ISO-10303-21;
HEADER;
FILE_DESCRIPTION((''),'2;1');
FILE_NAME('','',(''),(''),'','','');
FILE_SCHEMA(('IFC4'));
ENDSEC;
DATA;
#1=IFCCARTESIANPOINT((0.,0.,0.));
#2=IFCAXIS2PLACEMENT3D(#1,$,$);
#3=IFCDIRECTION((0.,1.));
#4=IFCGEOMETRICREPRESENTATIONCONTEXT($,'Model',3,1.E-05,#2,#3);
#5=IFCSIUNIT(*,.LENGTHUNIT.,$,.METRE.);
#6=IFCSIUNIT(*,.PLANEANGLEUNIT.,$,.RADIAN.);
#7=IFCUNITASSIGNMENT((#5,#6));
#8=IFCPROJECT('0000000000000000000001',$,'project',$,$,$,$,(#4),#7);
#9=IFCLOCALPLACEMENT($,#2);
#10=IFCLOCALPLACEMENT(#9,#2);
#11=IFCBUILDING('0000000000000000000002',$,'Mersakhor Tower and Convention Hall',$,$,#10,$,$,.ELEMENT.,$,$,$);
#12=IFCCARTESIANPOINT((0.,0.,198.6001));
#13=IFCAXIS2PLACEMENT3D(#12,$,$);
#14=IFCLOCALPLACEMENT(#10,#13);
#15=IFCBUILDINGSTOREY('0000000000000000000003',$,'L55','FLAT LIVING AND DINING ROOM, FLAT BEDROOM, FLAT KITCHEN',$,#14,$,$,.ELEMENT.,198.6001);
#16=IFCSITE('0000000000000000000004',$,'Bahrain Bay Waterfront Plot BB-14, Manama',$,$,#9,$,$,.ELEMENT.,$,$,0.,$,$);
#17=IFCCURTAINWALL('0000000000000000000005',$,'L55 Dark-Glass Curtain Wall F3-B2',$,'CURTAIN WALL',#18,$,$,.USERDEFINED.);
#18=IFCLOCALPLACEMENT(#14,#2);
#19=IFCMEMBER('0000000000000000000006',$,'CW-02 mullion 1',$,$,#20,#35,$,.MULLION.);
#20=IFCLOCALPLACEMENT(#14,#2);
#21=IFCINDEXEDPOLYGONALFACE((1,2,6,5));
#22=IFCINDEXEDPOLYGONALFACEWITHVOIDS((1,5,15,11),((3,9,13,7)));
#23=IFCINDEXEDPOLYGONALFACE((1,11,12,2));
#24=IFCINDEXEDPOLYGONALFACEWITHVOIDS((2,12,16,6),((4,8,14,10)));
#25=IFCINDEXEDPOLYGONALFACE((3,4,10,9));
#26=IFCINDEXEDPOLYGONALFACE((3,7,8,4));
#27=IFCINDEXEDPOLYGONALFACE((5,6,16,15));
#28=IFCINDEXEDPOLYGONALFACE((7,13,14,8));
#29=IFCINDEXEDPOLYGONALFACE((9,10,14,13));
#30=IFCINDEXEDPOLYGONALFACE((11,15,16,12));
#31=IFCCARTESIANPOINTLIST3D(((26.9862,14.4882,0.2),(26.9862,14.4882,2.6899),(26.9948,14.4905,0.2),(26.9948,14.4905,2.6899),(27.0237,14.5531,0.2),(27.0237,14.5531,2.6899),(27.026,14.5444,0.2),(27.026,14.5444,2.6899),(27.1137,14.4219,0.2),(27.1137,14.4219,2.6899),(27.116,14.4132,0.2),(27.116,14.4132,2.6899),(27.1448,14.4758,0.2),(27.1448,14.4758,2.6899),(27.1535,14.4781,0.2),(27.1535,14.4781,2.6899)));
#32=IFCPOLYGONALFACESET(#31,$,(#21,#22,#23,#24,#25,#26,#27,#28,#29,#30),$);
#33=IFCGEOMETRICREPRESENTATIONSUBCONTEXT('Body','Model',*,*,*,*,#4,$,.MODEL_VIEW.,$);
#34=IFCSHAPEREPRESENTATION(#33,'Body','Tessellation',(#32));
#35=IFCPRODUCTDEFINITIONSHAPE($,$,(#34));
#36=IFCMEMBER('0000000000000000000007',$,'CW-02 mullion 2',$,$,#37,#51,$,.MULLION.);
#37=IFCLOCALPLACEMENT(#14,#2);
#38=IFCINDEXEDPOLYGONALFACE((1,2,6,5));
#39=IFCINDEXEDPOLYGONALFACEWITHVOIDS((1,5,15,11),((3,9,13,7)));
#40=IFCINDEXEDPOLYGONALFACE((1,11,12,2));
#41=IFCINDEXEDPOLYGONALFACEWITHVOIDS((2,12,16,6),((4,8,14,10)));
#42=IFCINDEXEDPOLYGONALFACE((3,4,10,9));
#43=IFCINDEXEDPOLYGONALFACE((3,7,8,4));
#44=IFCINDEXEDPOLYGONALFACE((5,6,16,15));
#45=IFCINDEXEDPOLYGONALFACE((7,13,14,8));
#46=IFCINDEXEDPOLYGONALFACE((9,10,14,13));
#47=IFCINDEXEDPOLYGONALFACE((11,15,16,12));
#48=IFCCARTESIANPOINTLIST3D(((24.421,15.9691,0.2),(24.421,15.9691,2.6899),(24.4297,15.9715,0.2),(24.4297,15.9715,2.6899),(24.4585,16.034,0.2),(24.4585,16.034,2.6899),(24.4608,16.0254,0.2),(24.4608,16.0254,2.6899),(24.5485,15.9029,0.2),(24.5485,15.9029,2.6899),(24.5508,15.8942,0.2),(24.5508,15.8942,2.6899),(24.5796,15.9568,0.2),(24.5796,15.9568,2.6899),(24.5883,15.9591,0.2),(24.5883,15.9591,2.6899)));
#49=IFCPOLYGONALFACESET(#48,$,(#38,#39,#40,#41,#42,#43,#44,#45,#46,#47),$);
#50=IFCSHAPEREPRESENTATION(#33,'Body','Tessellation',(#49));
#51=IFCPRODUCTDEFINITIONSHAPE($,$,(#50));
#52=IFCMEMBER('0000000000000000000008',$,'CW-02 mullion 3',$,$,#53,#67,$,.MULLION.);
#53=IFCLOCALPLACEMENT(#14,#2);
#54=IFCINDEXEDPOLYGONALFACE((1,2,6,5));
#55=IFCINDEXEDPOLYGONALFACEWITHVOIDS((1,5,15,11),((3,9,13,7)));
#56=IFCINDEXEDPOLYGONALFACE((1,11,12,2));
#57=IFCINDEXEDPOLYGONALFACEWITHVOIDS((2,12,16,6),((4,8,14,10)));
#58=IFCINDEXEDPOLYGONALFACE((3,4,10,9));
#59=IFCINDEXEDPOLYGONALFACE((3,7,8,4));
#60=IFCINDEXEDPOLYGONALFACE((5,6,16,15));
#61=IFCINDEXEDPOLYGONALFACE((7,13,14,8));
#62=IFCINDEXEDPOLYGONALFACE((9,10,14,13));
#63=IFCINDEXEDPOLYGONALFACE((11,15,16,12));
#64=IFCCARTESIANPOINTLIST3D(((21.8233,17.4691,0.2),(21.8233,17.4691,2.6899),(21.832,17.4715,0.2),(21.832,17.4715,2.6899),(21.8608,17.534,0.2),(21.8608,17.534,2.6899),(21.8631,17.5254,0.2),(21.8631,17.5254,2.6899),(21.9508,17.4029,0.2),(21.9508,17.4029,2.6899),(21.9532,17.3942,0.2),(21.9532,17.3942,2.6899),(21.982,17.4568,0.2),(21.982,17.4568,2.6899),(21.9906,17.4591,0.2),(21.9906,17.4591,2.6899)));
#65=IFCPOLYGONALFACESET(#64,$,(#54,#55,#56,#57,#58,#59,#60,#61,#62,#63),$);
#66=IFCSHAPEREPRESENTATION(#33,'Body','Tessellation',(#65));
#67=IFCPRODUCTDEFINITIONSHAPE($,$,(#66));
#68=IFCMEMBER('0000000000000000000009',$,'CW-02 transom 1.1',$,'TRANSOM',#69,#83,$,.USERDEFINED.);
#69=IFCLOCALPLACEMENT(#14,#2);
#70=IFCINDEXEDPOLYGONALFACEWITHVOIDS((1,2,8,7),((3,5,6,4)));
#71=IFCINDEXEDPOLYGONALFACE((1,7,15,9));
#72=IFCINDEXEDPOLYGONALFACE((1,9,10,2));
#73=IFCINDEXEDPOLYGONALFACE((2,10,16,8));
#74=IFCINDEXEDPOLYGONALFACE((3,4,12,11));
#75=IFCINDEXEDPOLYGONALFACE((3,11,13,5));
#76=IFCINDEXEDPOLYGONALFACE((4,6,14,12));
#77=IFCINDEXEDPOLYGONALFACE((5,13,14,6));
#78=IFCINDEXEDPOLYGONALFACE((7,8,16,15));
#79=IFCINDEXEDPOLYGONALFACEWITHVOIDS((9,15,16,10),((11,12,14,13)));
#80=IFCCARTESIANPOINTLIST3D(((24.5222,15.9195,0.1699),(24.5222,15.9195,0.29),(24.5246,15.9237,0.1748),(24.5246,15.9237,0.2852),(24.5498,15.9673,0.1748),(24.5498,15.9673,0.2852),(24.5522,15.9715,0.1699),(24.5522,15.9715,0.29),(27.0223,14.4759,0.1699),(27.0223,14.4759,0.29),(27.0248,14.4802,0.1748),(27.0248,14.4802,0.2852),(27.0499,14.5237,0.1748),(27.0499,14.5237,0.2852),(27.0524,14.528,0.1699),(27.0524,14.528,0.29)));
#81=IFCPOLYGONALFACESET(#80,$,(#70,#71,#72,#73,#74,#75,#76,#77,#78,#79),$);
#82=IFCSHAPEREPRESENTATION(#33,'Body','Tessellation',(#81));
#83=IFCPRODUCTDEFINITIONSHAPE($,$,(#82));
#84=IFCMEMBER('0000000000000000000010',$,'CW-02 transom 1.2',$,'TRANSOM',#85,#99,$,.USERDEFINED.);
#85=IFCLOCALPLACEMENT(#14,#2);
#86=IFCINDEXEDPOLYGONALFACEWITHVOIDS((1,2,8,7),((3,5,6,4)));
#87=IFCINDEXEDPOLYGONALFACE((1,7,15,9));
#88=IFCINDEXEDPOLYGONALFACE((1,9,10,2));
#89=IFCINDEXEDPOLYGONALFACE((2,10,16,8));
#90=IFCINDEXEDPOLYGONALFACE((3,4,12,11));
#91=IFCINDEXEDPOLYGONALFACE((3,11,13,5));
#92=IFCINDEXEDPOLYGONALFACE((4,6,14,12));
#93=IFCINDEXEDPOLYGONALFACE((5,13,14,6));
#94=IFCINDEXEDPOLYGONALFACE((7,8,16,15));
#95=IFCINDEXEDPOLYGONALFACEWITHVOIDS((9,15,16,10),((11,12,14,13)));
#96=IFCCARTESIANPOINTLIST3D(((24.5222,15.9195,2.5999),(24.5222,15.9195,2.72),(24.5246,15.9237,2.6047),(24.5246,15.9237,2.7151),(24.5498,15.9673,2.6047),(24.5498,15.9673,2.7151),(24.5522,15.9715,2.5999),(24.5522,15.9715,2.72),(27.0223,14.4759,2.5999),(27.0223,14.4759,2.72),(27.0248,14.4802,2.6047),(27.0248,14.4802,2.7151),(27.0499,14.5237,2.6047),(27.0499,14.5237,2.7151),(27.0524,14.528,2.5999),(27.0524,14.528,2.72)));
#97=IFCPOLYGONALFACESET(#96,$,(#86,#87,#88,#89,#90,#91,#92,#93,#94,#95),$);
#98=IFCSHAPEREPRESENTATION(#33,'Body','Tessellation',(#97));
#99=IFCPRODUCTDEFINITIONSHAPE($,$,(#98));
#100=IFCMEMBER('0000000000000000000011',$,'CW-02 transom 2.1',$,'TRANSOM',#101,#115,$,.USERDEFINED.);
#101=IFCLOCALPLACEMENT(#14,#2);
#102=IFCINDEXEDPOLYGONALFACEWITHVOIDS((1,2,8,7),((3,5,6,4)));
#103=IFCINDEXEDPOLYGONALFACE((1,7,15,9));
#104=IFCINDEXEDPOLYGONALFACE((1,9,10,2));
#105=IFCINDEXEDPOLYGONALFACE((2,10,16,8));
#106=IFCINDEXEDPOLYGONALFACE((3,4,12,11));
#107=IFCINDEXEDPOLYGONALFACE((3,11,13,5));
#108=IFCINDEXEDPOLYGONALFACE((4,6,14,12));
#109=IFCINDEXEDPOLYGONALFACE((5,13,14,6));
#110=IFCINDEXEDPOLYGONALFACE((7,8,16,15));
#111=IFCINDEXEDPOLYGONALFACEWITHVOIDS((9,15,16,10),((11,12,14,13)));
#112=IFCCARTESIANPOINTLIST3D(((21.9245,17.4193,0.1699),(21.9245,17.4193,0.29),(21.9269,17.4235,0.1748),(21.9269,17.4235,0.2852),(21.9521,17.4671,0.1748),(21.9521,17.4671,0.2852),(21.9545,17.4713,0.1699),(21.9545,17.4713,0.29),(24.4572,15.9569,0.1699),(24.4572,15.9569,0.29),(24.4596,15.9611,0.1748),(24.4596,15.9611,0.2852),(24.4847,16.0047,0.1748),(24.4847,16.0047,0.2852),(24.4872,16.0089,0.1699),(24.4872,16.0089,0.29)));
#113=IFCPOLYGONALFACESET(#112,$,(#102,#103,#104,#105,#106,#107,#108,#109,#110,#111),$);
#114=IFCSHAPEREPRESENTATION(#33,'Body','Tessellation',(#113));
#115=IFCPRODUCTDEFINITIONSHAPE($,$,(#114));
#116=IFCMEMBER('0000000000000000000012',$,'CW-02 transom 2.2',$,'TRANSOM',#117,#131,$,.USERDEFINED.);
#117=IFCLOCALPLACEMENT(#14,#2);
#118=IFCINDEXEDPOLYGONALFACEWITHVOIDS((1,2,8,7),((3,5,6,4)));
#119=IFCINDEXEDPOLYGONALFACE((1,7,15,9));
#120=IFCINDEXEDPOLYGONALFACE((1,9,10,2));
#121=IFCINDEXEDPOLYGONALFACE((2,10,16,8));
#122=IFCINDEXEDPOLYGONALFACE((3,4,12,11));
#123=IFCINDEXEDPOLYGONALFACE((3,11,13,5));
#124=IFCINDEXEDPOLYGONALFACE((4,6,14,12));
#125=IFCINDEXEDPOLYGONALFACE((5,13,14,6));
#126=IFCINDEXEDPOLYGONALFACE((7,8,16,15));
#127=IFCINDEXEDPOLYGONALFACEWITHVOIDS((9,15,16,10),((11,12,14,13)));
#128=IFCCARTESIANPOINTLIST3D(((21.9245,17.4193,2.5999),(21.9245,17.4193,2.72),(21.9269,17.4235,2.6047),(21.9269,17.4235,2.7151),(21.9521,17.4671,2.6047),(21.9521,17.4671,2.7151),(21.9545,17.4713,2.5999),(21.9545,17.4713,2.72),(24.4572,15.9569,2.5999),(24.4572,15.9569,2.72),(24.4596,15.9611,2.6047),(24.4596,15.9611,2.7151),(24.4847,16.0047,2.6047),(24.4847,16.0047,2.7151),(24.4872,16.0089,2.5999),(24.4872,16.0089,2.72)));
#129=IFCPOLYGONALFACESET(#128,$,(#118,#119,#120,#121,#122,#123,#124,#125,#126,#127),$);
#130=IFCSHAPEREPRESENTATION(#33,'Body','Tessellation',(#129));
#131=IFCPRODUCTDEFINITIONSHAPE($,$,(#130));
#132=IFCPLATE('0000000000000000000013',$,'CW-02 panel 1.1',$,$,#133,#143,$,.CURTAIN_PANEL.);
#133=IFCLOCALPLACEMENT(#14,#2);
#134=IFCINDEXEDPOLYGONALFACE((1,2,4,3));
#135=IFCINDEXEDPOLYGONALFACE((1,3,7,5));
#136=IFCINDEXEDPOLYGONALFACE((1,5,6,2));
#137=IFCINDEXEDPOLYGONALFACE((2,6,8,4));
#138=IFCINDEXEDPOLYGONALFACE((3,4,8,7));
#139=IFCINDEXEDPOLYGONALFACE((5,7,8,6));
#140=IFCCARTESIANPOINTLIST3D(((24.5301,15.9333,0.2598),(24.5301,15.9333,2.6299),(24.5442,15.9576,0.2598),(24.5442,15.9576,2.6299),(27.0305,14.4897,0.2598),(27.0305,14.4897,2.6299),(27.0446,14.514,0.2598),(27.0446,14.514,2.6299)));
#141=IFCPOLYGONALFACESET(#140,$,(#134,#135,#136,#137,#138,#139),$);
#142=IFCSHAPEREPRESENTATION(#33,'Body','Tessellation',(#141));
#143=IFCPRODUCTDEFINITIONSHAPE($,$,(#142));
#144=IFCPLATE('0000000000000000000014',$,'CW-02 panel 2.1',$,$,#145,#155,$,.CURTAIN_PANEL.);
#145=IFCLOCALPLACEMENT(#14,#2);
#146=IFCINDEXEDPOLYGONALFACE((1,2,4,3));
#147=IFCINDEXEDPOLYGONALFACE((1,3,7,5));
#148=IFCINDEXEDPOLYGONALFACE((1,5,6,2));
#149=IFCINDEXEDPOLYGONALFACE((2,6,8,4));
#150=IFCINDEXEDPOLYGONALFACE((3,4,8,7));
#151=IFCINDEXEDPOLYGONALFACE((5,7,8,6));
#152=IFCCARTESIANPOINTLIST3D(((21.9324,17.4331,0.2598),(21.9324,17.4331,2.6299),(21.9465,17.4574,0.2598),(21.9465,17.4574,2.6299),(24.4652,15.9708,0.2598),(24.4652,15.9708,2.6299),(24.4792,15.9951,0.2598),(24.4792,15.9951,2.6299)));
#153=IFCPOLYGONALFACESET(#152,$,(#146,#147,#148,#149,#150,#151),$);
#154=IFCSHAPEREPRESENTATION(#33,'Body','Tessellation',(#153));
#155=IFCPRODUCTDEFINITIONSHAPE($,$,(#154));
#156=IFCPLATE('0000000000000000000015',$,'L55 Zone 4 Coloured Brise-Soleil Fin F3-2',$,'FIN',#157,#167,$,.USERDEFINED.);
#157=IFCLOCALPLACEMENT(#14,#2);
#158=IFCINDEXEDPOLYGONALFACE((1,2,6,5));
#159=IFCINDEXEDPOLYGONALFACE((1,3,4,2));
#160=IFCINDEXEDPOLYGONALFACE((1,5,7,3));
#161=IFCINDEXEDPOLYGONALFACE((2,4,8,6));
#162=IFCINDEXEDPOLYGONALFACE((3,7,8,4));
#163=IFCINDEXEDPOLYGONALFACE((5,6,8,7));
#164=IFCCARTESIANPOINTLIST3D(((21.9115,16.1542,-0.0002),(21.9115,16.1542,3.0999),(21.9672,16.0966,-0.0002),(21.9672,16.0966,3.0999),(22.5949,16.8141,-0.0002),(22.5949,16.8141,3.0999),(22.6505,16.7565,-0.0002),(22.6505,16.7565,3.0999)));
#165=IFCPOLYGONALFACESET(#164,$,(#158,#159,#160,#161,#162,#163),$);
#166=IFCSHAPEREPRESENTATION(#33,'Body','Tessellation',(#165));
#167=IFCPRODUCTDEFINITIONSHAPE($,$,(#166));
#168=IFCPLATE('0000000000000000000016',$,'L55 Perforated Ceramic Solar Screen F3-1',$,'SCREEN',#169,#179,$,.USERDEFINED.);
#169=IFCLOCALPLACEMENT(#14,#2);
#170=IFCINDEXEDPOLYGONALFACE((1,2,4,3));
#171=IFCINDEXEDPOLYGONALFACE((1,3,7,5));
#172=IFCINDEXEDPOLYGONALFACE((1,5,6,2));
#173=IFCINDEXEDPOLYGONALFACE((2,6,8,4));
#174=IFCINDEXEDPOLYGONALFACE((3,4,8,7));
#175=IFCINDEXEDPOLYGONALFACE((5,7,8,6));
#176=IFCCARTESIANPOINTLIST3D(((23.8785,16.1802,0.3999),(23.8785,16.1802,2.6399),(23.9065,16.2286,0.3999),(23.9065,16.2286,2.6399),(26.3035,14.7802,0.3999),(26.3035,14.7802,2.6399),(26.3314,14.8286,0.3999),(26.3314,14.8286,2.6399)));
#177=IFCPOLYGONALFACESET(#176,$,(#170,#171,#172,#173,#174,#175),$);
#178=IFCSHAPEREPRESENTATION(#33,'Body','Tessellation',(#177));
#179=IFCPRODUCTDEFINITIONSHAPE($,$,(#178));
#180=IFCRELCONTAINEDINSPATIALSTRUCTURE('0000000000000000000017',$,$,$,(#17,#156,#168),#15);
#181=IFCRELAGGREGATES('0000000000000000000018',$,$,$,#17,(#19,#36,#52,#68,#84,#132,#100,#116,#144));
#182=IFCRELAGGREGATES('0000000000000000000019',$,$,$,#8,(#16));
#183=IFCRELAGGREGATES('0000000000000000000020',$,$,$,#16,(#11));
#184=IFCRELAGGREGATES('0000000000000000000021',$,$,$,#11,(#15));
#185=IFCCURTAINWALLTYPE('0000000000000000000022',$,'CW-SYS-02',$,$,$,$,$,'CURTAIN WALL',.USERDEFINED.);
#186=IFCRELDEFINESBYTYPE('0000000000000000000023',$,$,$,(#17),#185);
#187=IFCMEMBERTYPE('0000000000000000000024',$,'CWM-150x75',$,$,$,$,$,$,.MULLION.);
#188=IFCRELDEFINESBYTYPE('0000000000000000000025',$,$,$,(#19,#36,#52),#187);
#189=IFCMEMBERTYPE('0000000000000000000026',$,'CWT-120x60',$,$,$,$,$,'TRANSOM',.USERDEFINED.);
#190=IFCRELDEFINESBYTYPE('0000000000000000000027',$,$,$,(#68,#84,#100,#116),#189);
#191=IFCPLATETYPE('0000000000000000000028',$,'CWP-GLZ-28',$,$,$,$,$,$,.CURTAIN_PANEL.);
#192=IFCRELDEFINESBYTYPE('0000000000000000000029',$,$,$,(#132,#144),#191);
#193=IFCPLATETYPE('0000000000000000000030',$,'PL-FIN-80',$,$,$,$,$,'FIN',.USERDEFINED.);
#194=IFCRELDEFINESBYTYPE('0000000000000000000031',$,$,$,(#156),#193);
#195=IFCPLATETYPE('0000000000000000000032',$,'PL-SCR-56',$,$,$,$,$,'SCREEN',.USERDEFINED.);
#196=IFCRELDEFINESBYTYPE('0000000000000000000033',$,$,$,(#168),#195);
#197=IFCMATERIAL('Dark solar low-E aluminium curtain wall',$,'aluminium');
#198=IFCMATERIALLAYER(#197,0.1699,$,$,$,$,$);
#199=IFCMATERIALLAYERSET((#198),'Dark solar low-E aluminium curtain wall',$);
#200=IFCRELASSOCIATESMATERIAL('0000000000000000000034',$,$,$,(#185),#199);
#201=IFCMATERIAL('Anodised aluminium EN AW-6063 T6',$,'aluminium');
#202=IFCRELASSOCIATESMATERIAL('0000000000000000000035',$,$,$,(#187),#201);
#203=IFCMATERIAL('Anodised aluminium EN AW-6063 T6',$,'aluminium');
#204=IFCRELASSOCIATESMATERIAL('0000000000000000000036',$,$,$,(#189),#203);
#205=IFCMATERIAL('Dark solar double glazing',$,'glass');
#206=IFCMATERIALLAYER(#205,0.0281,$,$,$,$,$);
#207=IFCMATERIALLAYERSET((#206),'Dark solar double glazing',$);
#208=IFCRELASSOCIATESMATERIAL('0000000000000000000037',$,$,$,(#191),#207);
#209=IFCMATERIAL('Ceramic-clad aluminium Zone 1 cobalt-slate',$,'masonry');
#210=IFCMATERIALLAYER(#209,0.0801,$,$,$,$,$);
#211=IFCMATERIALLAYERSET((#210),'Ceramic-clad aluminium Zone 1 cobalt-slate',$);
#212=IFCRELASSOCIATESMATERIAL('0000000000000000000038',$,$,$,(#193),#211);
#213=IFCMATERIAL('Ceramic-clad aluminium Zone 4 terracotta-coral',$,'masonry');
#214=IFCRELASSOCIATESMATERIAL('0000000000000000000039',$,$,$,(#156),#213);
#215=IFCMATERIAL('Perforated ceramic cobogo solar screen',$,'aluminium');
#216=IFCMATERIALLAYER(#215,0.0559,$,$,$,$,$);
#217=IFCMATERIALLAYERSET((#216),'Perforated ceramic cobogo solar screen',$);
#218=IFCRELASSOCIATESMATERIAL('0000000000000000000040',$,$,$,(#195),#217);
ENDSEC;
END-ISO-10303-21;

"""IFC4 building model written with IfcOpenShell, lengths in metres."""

from ifc_helpers import new_model, si_unit, direction, frame, origin, origin_2d, place, context, subcontext, project, spatial, rectangle, hollow_rectangle, extrude, material, layer, layer_set, material_profile, profile_set, type_object, element, aggregate, save


model = new_model("IFC4")

# Units and contexts
model_context = context("Model", 3, precision=1e-05, world=origin(), true_north=direction((0.0, 1.0)))
body_context = subcontext(model_context, "Body", "Model", "MODEL_VIEW")
ifc_project = project(units=[si_unit("LENGTHUNIT", "METRE"), si_unit("PLANEANGLEUNIT", "RADIAN")], contexts=[model_context])

# Site, building, storey
site_placement = place(None, origin())
site = spatial("IfcSite", under=ifc_project, at=site_placement, Name="Bahrain Bay Waterfront Plot BB-14, Manama", CompositionType="ELEMENT", RefElevation=0.0)
building_placement = place(site_placement, origin())
building = spatial("IfcBuilding", under=site, at=building_placement, Name="Mersakhor Tower and Convention Hall", CompositionType="ELEMENT")
storey_placement = place(building_placement, frame((0.0, 0.0, 198.6001)))
storey = spatial("IfcBuildingStorey", under=building, at=storey_placement, Name="L55", Description="FLAT LIVING AND DINING ROOM, FLAT BEDROOM, FLAT KITCHEN", CompositionType="ELEMENT", Elevation=198.6001)

# Curtain wall, members, plates
ifc_material_1 = material(Name="Dark solar low-E aluminium curtain wall", Category="aluminium")
ifc_layer_1 = layer(ifc_material_1, 0.1699)
ifc_layer_set_1 = layer_set([ifc_layer_1], Name="Dark solar low-E aluminium curtain wall")
curtain_wall_type = type_object("IfcCurtainWallType", Name="CW-SYS-02", ElementType="CURTAIN WALL", PredefinedType="USERDEFINED", material=ifc_layer_set_1)
curtain_wall_placement = place(storey_placement, origin())
curtain_wall = element("IfcCurtainWall", 1, at=curtain_wall_placement, inside=storey, type_object=curtain_wall_type, Name="L55 Dark-Glass Curtain Wall F3-B2", ObjectType="CURTAIN WALL", PredefinedType="USERDEFINED")
ifc_material_2 = material(Name="Anodised aluminium EN AW-6063 T6", Category="aluminium")
ifc_material_profile_1 = material_profile(ifc_material_2, hollow_rectangle(XDim=0.075, YDim=0.1499, WallThickness=0.0063, at=origin_2d()), Name="RHS 150x75x6.3")
ifc_profile_set_1 = profile_set([ifc_material_profile_1], Name="Anodised aluminium EN AW-6063 T6")
member_type_1 = type_object("IfcMemberType", Name="CWM-150x75", PredefinedType="MULLION", material=ifc_profile_set_1)
member_1_placement = place(storey_placement, frame((27.0698, 14.4832, 0.2), z_axis=(0.0, 0.0, 1.0), x_axis=(-0.500008, -0.866021, 0.0)))
member_1 = element("IfcMember", 2, at=member_1_placement, type_object=member_type_1, Name="CW-02 mullion 1", PredefinedType="MULLION", context=body_context, shape_type="SweptSolid", body=[
    extrude(hollow_rectangle(XDim=0.075, YDim=0.1499, WallThickness=0.0063, at=origin_2d()), origin(), (0.0, 0.0, 1.0), 2.49),
])
member_2_placement = place(storey_placement, frame((24.5046, 15.9641, 0.2), z_axis=(0.0, 0.0, 1.0), x_axis=(-0.500008, -0.866021, 0.0)))
member_2 = element("IfcMember", 3, at=member_2_placement, type_object=member_type_1, Name="CW-02 mullion 2", PredefinedType="MULLION", context=body_context, shape_type="SweptSolid", body=[
    extrude(hollow_rectangle(XDim=0.075, YDim=0.1499, WallThickness=0.0063, at=origin_2d()), origin(), (0.0, 0.0, 1.0), 2.49),
])
member_3_placement = place(storey_placement, frame((21.907, 17.4641, 0.2), z_axis=(0.0, 0.0, 1.0), x_axis=(-0.500008, -0.866021, 0.0)))
member_3 = element("IfcMember", 4, at=member_3_placement, type_object=member_type_1, Name="CW-02 mullion 3", PredefinedType="MULLION", context=body_context, shape_type="SweptSolid", body=[
    extrude(hollow_rectangle(XDim=0.075, YDim=0.1499, WallThickness=0.0063, at=origin_2d()), origin(), (0.0, 0.0, 1.0), 2.49),
])
ifc_material_3 = material(Name="Anodised aluminium EN AW-6063 T6", Category="aluminium")
ifc_material_profile_2 = material_profile(ifc_material_3, hollow_rectangle(XDim=0.0601, YDim=0.1201, WallThickness=0.0049, at=origin_2d()), Name="RHS 120x60x5")
ifc_profile_set_2 = profile_set([ifc_material_profile_2], Name="Anodised aluminium EN AW-6063 T6")
member_type_2 = type_object("IfcMemberType", Name="CWT-120x60", ElementType="TRANSOM", PredefinedType="USERDEFINED", material=ifc_profile_set_2)
member_4_placement = place(storey_placement, frame((27.0374, 14.502, 0.23), z_axis=(-0.866012, 0.500023, 0.0), x_axis=(-0.500023, -0.866012, 0.0)))
member_4 = element("IfcMember", 5, at=member_4_placement, type_object=member_type_2, Name="CW-02 transom 1.1", ObjectType="TRANSOM", PredefinedType="USERDEFINED", context=body_context, shape_type="SweptSolid", body=[
    extrude(hollow_rectangle(XDim=0.0601, YDim=0.1201, WallThickness=0.0049, at=origin_2d()), origin(), (0.0, 0.0, 1.0), 2.887),
])
member_5_placement = place(storey_placement, frame((27.0374, 14.502, 2.6599), z_axis=(-0.866012, 0.500023, 0.0), x_axis=(-0.500023, -0.866012, 0.0)))
member_5 = element("IfcMember", 6, at=member_5_placement, type_object=member_type_2, Name="CW-02 transom 1.2", ObjectType="TRANSOM", PredefinedType="USERDEFINED", context=body_context, shape_type="SweptSolid", body=[
    extrude(hollow_rectangle(XDim=0.0601, YDim=0.1201, WallThickness=0.0049, at=origin_2d()), origin(), (0.0, 0.0, 1.0), 2.887),
])
member_6_placement = place(storey_placement, frame((24.4722, 15.9829, 0.23), z_axis=(-0.866005, 0.500036, 0.0), x_axis=(-0.500036, -0.866005, 0.0)))
member_6 = element("IfcMember", 7, at=member_6_placement, type_object=member_type_2, Name="CW-02 transom 2.1", ObjectType="TRANSOM", PredefinedType="USERDEFINED", context=body_context, shape_type="SweptSolid", body=[
    extrude(hollow_rectangle(XDim=0.0601, YDim=0.1201, WallThickness=0.0049, at=origin_2d()), origin(), (0.0, 0.0, 1.0), 2.9246),
])
member_7_placement = place(storey_placement, frame((24.4722, 15.9829, 2.6599), z_axis=(-0.866005, 0.500036, 0.0), x_axis=(-0.500036, -0.866005, 0.0)))
member_7 = element("IfcMember", 8, at=member_7_placement, type_object=member_type_2, Name="CW-02 transom 2.2", ObjectType="TRANSOM", PredefinedType="USERDEFINED", context=body_context, shape_type="SweptSolid", body=[
    extrude(hollow_rectangle(XDim=0.0601, YDim=0.1201, WallThickness=0.0049, at=origin_2d()), origin(), (0.0, 0.0, 1.0), 2.9246),
])
ifc_material_4 = material(Name="Dark solar double glazing", Category="glass")
ifc_layer_2 = layer(ifc_material_4, 0.0281)
ifc_layer_set_2 = layer_set([ifc_layer_2], Name="Dark solar double glazing")
plate_type_1 = type_object("IfcPlateType", Name="CWP-GLZ-28", PredefinedType="CURTAIN_PANEL", material=ifc_layer_set_2)
plate_1_placement = place(storey_placement, frame((25.7874, 15.2236, 0.2598), z_axis=(0.0, 0.0, 1.0), x_axis=(-0.866021, 0.500008, 0.0)))
plate_1 = element("IfcPlate", 9, at=plate_1_placement, type_object=plate_type_1, Name="CW-02 panel 1.1", PredefinedType="CURTAIN_PANEL", context=body_context, shape_type="SweptSolid", body=[
    extrude(rectangle(XDim=2.8872, YDim=0.0281, at=origin_2d()), origin(), (0.0, 0.0, 1.0), 2.3701),
])
plate_2_placement = place(storey_placement, frame((23.2058, 16.7141, 0.2598), z_axis=(0.0, 0.0, 1.0), x_axis=(-0.866021, 0.500008, 0.0)))
plate_2 = element("IfcPlate", 10, at=plate_2_placement, type_object=plate_type_1, Name="CW-02 panel 2.1", PredefinedType="CURTAIN_PANEL", context=body_context, shape_type="SweptSolid", body=[
    extrude(rectangle(XDim=2.9246, YDim=0.0281, at=origin_2d()), origin(), (0.0, 0.0, 1.0), 2.3701),
])
aggregate(curtain_wall, [member_1, member_2, member_3, member_4, member_5, plate_1, member_6, member_7, plate_2])

# Plates
ifc_material_5 = material(Name="Ceramic-clad aluminium Zone 4 terracotta-coral", Category="masonry")
ifc_material_6 = material(Name="Ceramic-clad aluminium Zone 1 cobalt-slate", Category="masonry")
ifc_layer_3 = layer(ifc_material_6, 0.0801)
ifc_layer_set_3 = layer_set([ifc_layer_3], Name="Ceramic-clad aluminium Zone 1 cobalt-slate")
plate_type_2 = type_object("IfcPlateType", Name="PL-FIN-80", ElementType="FIN", PredefinedType="USERDEFINED", material=ifc_layer_set_3)
plate_3_placement = place(storey_placement, frame((22.281, 16.4553, -0.0002), z_axis=(0.0, 0.0, 1.0), x_axis=(-0.71934, -0.694658, 0.0)))
element("IfcPlate", 11, at=plate_3_placement, inside=storey, type_object=plate_type_2, material=ifc_material_5, Name="L55 Zone 4 Coloured Brise-Soleil Fin F3-2", ObjectType="FIN", PredefinedType="USERDEFINED", context=body_context, shape_type="SweptSolid", body=[
    extrude(rectangle(XDim=0.95, YDim=0.0801, at=origin_2d()), origin(), (0.0, 0.0, 1.0), 3.1001),
])
ifc_material_7 = material(Name="Perforated ceramic cobogo solar screen", Category="aluminium")
ifc_layer_4 = layer(ifc_material_7, 0.0559)
ifc_layer_set_4 = layer_set([ifc_layer_4], Name="Perforated ceramic cobogo solar screen")
plate_type_3 = type_object("IfcPlateType", Name="PL-SCR-56", ElementType="SCREEN", PredefinedType="USERDEFINED", material=ifc_layer_set_4)
plate_4_placement = place(storey_placement, frame((25.105, 15.5044, 0.3999), z_axis=(0.0, 0.0, 1.0), x_axis=(-0.866025, 0.5, 0.0)))
element("IfcPlate", 12, at=plate_4_placement, inside=storey, type_object=plate_type_3, Name="L55 Perforated Ceramic Solar Screen F3-1", ObjectType="SCREEN", PredefinedType="USERDEFINED", context=body_context, shape_type="SweptSolid", body=[
    extrude(rectangle(XDim=2.8, YDim=0.0559, at=origin_2d()), origin(), (0.0, 0.0, 1.0), 2.24),
])

save(model, "model.ifc")
